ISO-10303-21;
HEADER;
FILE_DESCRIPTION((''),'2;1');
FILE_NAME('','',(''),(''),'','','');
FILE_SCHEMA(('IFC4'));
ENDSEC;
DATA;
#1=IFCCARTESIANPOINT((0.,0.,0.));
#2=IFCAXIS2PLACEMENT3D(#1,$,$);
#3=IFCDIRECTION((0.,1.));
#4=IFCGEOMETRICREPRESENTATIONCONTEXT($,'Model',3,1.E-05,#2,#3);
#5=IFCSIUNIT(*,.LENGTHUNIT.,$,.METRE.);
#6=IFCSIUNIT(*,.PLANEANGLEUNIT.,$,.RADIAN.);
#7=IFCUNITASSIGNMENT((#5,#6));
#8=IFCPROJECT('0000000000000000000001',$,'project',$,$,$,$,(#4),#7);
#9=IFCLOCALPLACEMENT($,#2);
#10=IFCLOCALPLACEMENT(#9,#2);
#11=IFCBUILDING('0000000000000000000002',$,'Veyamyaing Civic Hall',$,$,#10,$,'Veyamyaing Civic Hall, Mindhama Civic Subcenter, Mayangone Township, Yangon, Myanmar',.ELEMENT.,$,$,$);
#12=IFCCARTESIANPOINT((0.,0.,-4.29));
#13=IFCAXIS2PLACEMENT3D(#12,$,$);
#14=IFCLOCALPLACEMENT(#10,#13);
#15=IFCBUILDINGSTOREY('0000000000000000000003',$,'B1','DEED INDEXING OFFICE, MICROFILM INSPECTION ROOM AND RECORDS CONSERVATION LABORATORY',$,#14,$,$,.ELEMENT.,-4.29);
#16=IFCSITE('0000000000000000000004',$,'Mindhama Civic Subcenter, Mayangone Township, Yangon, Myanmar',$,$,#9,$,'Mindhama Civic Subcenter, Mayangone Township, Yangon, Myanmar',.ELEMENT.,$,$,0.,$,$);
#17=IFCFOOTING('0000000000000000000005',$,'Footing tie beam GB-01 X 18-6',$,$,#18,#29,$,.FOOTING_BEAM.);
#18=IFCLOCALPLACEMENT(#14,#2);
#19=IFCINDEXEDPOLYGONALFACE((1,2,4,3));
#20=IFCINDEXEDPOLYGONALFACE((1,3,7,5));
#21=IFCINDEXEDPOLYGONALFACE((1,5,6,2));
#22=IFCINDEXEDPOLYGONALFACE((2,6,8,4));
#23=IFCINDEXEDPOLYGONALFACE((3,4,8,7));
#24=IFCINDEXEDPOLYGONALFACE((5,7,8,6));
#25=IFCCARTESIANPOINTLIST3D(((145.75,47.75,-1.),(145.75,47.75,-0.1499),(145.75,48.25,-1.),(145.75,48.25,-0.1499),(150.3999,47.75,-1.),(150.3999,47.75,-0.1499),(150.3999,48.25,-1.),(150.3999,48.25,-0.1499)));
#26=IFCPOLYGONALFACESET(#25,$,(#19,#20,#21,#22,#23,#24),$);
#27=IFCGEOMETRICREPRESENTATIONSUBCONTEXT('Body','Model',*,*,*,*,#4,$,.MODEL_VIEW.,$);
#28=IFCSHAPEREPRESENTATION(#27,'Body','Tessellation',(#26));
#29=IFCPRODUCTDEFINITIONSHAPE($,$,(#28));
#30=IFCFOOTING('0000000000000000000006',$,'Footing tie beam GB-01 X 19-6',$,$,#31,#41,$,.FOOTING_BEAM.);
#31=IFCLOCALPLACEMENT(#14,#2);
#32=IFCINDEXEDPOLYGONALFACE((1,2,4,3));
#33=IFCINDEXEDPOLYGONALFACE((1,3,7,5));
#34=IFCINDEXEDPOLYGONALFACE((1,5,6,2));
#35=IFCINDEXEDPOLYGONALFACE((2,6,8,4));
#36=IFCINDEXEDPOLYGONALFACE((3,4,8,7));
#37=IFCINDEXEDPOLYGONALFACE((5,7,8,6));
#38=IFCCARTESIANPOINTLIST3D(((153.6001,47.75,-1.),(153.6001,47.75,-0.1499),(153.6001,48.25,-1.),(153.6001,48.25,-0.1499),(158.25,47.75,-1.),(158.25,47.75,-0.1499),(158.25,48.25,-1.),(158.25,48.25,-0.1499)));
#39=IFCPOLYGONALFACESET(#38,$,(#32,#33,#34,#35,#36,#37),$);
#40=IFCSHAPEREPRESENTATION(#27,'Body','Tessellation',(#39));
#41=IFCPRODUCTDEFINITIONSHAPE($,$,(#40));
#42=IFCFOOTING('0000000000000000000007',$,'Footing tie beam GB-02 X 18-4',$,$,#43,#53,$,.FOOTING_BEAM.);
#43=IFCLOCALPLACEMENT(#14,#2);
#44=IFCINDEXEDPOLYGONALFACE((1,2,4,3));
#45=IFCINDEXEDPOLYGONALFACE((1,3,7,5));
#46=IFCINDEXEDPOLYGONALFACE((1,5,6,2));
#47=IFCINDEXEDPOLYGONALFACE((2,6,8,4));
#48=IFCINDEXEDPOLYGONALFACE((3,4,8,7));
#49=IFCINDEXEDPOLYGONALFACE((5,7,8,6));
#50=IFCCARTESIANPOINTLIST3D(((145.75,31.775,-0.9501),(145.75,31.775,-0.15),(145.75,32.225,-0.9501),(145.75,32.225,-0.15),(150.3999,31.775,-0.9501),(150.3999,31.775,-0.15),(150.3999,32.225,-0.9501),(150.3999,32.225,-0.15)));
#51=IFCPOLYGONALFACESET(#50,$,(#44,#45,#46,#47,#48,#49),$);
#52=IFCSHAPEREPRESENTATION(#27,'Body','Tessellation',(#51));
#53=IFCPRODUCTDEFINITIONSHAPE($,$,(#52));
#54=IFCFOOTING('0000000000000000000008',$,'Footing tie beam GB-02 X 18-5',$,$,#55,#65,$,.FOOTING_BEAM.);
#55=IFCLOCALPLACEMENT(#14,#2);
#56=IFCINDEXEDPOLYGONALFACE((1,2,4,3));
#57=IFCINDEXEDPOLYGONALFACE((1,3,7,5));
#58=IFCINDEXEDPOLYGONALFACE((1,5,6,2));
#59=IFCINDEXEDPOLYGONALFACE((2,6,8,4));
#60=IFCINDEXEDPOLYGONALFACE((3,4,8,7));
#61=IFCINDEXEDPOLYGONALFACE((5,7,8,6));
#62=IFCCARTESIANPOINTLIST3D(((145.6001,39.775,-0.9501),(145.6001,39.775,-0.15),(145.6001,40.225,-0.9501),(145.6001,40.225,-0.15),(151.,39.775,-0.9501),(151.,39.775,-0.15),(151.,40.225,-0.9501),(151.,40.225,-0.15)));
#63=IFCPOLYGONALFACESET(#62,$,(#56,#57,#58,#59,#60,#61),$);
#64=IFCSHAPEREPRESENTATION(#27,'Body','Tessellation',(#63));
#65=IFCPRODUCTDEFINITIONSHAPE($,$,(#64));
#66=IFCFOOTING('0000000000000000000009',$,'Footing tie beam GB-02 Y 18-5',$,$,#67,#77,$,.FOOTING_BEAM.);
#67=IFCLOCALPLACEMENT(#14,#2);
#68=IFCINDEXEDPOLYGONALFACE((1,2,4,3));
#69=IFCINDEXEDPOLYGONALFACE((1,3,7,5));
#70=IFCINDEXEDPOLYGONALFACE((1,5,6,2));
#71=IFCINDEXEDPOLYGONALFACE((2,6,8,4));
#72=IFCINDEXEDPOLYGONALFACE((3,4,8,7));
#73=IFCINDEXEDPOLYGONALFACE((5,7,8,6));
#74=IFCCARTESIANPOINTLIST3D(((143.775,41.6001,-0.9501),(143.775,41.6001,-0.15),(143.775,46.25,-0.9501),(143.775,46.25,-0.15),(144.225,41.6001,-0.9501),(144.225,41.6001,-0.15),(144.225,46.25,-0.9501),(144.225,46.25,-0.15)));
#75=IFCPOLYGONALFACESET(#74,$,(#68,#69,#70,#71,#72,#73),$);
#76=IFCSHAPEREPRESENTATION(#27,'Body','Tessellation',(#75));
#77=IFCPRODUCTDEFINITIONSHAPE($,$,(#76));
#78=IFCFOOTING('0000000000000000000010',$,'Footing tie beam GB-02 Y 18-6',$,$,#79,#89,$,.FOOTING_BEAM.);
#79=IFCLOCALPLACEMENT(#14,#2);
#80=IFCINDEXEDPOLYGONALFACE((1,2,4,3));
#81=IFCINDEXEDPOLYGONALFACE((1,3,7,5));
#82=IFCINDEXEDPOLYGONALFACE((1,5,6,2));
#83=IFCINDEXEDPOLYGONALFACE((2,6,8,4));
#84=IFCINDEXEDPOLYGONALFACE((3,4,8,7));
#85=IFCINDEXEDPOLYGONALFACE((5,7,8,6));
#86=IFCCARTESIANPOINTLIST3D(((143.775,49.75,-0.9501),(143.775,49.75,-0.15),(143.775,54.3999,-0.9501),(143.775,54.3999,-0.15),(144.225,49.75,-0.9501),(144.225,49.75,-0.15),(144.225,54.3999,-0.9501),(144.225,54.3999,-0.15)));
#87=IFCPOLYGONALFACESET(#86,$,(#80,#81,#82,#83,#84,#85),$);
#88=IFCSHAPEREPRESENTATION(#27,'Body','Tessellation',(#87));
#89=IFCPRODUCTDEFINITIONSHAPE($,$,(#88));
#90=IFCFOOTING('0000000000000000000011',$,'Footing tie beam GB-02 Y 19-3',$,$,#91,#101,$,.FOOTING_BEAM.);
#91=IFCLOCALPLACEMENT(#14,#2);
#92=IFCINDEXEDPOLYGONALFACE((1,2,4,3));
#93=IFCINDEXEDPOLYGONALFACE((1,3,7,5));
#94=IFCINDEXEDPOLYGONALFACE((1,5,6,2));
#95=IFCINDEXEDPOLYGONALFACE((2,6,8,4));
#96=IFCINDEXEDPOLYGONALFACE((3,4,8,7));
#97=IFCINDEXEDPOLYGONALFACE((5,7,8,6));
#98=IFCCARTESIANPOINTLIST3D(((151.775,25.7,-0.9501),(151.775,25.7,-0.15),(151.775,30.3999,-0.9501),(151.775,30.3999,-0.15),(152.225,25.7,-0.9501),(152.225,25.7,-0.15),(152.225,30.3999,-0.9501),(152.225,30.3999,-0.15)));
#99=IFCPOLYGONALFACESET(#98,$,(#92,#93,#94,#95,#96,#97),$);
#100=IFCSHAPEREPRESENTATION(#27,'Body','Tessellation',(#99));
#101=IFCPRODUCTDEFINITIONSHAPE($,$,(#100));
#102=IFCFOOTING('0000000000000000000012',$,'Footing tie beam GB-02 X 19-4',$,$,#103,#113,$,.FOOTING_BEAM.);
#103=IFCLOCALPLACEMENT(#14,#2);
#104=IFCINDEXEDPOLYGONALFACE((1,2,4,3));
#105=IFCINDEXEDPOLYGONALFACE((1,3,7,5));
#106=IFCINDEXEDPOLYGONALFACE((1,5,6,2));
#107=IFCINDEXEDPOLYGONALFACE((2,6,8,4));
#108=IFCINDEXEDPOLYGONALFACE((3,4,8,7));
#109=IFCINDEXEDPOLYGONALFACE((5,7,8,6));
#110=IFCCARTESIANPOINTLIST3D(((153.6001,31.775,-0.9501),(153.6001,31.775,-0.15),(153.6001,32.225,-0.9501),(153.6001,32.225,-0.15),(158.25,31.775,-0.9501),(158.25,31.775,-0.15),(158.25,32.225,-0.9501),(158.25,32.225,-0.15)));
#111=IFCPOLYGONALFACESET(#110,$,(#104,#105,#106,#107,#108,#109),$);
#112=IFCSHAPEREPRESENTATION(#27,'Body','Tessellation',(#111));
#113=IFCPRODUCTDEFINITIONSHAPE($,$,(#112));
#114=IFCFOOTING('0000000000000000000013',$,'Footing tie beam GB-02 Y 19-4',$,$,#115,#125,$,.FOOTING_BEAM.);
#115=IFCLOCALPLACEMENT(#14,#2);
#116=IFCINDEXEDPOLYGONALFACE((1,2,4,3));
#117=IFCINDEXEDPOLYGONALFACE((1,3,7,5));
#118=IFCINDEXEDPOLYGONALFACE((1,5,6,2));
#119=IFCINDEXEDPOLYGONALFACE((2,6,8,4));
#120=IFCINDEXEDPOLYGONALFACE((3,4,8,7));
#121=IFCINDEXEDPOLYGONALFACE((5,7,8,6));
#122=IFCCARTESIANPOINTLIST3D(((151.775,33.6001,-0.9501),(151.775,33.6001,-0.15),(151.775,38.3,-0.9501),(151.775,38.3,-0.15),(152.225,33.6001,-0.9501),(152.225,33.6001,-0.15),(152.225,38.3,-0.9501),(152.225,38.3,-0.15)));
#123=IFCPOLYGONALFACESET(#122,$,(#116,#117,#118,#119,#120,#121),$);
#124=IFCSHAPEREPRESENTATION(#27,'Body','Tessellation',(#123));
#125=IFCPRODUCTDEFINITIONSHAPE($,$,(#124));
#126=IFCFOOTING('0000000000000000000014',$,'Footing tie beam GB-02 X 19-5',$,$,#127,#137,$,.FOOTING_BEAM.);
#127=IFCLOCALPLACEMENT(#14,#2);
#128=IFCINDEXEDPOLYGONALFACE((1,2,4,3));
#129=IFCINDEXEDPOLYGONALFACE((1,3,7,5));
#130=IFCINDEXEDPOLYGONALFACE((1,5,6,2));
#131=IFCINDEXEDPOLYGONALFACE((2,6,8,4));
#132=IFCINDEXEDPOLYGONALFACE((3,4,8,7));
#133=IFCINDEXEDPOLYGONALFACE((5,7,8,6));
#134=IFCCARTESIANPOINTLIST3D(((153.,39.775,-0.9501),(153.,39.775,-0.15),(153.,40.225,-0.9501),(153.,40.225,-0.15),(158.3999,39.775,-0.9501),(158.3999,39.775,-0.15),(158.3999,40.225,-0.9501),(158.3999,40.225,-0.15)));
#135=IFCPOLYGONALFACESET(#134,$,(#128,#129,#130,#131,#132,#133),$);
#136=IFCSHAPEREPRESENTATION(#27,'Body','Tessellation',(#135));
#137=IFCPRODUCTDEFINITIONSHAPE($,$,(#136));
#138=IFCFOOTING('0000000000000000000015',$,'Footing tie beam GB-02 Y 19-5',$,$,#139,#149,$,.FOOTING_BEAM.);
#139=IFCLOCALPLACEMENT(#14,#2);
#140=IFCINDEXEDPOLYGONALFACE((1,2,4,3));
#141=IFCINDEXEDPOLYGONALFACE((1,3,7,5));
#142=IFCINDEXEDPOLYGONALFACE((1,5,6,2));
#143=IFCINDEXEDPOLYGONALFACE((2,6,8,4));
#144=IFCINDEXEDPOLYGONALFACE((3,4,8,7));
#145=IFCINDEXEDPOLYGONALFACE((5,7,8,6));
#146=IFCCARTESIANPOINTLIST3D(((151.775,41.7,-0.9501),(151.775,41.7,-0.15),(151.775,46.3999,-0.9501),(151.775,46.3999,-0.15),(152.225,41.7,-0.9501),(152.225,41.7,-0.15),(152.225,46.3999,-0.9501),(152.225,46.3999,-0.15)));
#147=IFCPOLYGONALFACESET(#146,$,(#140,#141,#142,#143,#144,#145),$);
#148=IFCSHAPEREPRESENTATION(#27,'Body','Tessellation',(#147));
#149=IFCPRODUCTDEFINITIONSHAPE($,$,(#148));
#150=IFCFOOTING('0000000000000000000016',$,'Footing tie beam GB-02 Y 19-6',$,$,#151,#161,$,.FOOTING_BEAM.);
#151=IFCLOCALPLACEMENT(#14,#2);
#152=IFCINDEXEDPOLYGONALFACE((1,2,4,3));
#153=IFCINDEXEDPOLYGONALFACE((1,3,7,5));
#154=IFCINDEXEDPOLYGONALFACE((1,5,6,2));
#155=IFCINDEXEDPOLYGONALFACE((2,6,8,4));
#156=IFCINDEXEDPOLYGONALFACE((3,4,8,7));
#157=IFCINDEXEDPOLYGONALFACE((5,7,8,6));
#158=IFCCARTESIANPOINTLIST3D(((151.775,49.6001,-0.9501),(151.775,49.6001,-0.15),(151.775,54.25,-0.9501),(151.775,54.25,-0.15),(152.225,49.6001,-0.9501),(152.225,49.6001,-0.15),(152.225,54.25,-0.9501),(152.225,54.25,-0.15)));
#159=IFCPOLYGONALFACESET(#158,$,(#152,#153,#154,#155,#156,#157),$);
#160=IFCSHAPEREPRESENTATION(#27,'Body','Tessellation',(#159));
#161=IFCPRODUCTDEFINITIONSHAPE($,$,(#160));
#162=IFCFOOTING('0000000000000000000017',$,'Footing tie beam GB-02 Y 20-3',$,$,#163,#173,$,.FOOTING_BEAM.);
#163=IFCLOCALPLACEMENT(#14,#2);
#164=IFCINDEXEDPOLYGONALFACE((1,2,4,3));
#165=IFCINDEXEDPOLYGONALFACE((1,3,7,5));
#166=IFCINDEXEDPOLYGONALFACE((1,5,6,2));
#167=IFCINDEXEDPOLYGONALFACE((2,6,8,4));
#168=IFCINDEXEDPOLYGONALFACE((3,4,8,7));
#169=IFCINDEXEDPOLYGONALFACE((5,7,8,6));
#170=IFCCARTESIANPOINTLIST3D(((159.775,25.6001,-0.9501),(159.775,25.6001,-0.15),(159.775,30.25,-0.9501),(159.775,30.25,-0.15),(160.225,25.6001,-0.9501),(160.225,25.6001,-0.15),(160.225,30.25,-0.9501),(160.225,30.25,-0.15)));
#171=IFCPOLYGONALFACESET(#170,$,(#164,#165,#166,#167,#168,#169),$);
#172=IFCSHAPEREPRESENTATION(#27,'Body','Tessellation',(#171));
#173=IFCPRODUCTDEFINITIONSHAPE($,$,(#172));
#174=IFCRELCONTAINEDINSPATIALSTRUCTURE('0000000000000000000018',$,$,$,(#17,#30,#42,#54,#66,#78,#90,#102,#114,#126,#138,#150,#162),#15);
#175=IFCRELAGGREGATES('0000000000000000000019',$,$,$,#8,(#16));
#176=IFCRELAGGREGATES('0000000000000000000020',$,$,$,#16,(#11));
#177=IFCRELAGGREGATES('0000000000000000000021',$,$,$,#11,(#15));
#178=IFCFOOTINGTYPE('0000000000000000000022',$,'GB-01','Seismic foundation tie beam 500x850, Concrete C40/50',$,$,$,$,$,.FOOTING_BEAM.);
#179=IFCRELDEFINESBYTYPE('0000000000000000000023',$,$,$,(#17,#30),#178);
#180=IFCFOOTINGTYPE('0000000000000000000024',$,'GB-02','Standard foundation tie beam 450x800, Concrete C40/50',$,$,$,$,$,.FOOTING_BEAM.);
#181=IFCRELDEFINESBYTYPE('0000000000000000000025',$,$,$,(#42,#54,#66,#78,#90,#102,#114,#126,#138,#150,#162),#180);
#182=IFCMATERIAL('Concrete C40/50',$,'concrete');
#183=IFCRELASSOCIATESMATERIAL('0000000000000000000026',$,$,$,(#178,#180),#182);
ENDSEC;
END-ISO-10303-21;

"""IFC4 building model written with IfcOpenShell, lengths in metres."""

from ifc_helpers import new_model, si_unit, direction, frame, origin, origin_2d, place, context, subcontext, project, spatial, rectangle, extrude, material, material_profile, profile_set, type_object, element, save


model = new_model("IFC4")

# Units and contexts
model_context = context("Model", 3, precision=1e-05, world=origin(), true_north=direction((0.0, 1.0)))
body_context = subcontext(model_context, "Body", "Model", "MODEL_VIEW")
ifc_project = project(units=[si_unit("LENGTHUNIT", "METRE"), si_unit("PLANEANGLEUNIT", "RADIAN")], contexts=[model_context])

# Site, building, storey
site_placement = place(None, origin())
site = spatial("IfcSite", under=ifc_project, at=site_placement, Name="Mindhama Civic Subcenter, Mayangone Township, Yangon, Myanmar", LongName="Mindhama Civic Subcenter, Mayangone Township, Yangon, Myanmar", CompositionType="ELEMENT", RefElevation=0.0)
building_placement = place(site_placement, origin())
building = spatial("IfcBuilding", under=site, at=building_placement, Name="Veyamyaing Civic Hall", LongName="Veyamyaing Civic Hall, Mindhama Civic Subcenter, Mayangone Township, Yangon, Myanmar", CompositionType="ELEMENT")
storey_placement = place(building_placement, frame((0.0, 0.0, -4.29)))
storey = spatial("IfcBuildingStorey", under=building, at=storey_placement, Name="B1", Description="DEED INDEXING OFFICE, MICROFILM INSPECTION ROOM AND RECORDS CONSERVATION LABORATORY", CompositionType="ELEMENT", Elevation=-4.29)

# Footings
ifc_material_1 = material(Name="Concrete C40/50", Category="concrete")
ifc_material_profile_1 = material_profile(ifc_material_1, rectangle(XDim=0.5, YDim=0.8501, at=origin_2d()), Name="GB-500X850")
ifc_profile_set_1 = profile_set([ifc_material_profile_1], Name="Concrete C40/50")
footing_type_1 = type_object("IfcFootingType", Name="GB-01", Description="Seismic foundation tie beam 500x850, Concrete C40/50", PredefinedType="FOOTING_BEAM", material=ifc_profile_set_1)
for number, where, z_axis, x_axis, name in (
    (1, (145.75, 48.0, -0.575), (1.0, 0.0, 0.0), (0.0, 1.0, 0.0), "Footing tie beam GB-01 X 18-6"),
    (2, (153.6001, 48.0, -0.575), (1.0, 0.0, 0.0), (0.0, 1.0, 0.0), "Footing tie beam GB-01 X 19-6"),
):
    element("IfcFooting", number, at=place(storey_placement, frame(where, z_axis=z_axis, x_axis=x_axis)), inside=storey, type_object=footing_type_1, Name=name, PredefinedType="FOOTING_BEAM", context=body_context, shape_type="SweptSolid", body=[
        extrude(rectangle(XDim=0.5, YDim=0.8501, at=origin_2d()), origin(), (0.0, 0.0, 1.0), 4.6499),
    ])
ifc_material_profile_2 = material_profile(ifc_material_1, rectangle(XDim=0.45, YDim=0.8, at=origin_2d()), Name="GB-450X800")
ifc_profile_set_2 = profile_set([ifc_material_profile_2], Name="Concrete C40/50")
footing_type_2 = type_object("IfcFootingType", Name="GB-02", Description="Standard foundation tie beam 450x800, Concrete C40/50", PredefinedType="FOOTING_BEAM", material=ifc_profile_set_2)
footing_1_placement = place(storey_placement, frame((145.75, 32.0, -0.55), z_axis=(1.0, 0.0, 0.0), x_axis=(0.0, 1.0, 0.0)))
element("IfcFooting", 3, at=footing_1_placement, inside=storey, type_object=footing_type_2, Name="Footing tie beam GB-02 X 18-4", PredefinedType="FOOTING_BEAM", context=body_context, shape_type="SweptSolid", body=[
    extrude(rectangle(XDim=0.45, YDim=0.8, at=origin_2d()), origin(), (0.0, 0.0, 1.0), 4.6499),
])
footing_2_placement = place(storey_placement, frame((145.6001, 40.0, -0.55), z_axis=(1.0, 0.0, 0.0), x_axis=(0.0, 1.0, 0.0)))
element("IfcFooting", 4, at=footing_2_placement, inside=storey, type_object=footing_type_2, Name="Footing tie beam GB-02 X 18-5", PredefinedType="FOOTING_BEAM", context=body_context, shape_type="SweptSolid", body=[
    extrude(rectangle(XDim=0.45, YDim=0.8, at=origin_2d()), origin(), (0.0, 0.0, 1.0), 5.3999),
])
for number, where, z_axis, x_axis, name in (
    (5, (144.0, 41.6001, -0.55), (0.0, 1.0, 0.0), (-1.0, 0.0, 0.0), "Footing tie beam GB-02 Y 18-5"),
    (6, (144.0, 49.75, -0.55), (0.0, 1.0, 0.0), (-1.0, 0.0, 0.0), "Footing tie beam GB-02 Y 18-6"),
):
    element("IfcFooting", number, at=place(storey_placement, frame(where, z_axis=z_axis, x_axis=x_axis)), inside=storey, type_object=footing_type_2, Name=name, PredefinedType="FOOTING_BEAM", context=body_context, shape_type="SweptSolid", body=[
        extrude(rectangle(XDim=0.45, YDim=0.8, at=origin_2d()), origin(), (0.0, 0.0, 1.0), 4.6499),
    ])
footing_3_placement = place(storey_placement, frame((152.0, 25.7, -0.55), z_axis=(0.0, 1.0, 0.0), x_axis=(-1.0, 0.0, 0.0)))
element("IfcFooting", 7, at=footing_3_placement, inside=storey, type_object=footing_type_2, Name="Footing tie beam GB-02 Y 19-3", PredefinedType="FOOTING_BEAM", context=body_context, shape_type="SweptSolid", body=[
    extrude(rectangle(XDim=0.45, YDim=0.8, at=origin_2d()), origin(), (0.0, 0.0, 1.0), 4.7),
])
footing_4_placement = place(storey_placement, frame((153.6001, 32.0, -0.55), z_axis=(1.0, 0.0, 0.0), x_axis=(0.0, 1.0, 0.0)))
element("IfcFooting", 8, at=footing_4_placement, inside=storey, type_object=footing_type_2, Name="Footing tie beam GB-02 X 19-4", PredefinedType="FOOTING_BEAM", context=body_context, shape_type="SweptSolid", body=[
    extrude(rectangle(XDim=0.45, YDim=0.8, at=origin_2d()), origin(), (0.0, 0.0, 1.0), 4.6499),
])
footing_5_placement = place(storey_placement, frame((152.0, 33.6001, -0.55), z_axis=(0.0, 1.0, 0.0), x_axis=(-1.0, 0.0, 0.0)))
element("IfcFooting", 9, at=footing_5_placement, inside=storey, type_object=footing_type_2, Name="Footing tie beam GB-02 Y 19-4", PredefinedType="FOOTING_BEAM", context=body_context, shape_type="SweptSolid", body=[
    extrude(rectangle(XDim=0.45, YDim=0.8, at=origin_2d()), origin(), (0.0, 0.0, 1.0), 4.7),
])
footing_6_placement = place(storey_placement, frame((153.0, 40.0, -0.55), z_axis=(1.0, 0.0, 0.0), x_axis=(0.0, 1.0, 0.0)))
element("IfcFooting", 10, at=footing_6_placement, inside=storey, type_object=footing_type_2, Name="Footing tie beam GB-02 X 19-5", PredefinedType="FOOTING_BEAM", context=body_context, shape_type="SweptSolid", body=[
    extrude(rectangle(XDim=0.45, YDim=0.8, at=origin_2d()), origin(), (0.0, 0.0, 1.0), 5.3999),
])
footing_7_placement = place(storey_placement, frame((152.0, 41.7, -0.55), z_axis=(0.0, 1.0, 0.0), x_axis=(-1.0, 0.0, 0.0)))
element("IfcFooting", 11, at=footing_7_placement, inside=storey, type_object=footing_type_2, Name="Footing tie beam GB-02 Y 19-5", PredefinedType="FOOTING_BEAM", context=body_context, shape_type="SweptSolid", body=[
    extrude(rectangle(XDim=0.45, YDim=0.8, at=origin_2d()), origin(), (0.0, 0.0, 1.0), 4.7),
])
for number, where, z_axis, x_axis, name in (
    (12, (152.0, 49.6001, -0.55), (0.0, 1.0, 0.0), (-1.0, 0.0, 0.0), "Footing tie beam GB-02 Y 19-6"),
    (13, (160.0, 25.6001, -0.55), (0.0, 1.0, 0.0), (-1.0, 0.0, 0.0), "Footing tie beam GB-02 Y 20-3"),
):
    element("IfcFooting", number, at=place(storey_placement, frame(where, z_axis=z_axis, x_axis=x_axis)), inside=storey, type_object=footing_type_2, Name=name, PredefinedType="FOOTING_BEAM", context=body_context, shape_type="SweptSolid", body=[
        extrude(rectangle(XDim=0.45, YDim=0.8, at=origin_2d()), origin(), (0.0, 0.0, 1.0), 4.6499),
    ])

save(model, "model.ifc")
